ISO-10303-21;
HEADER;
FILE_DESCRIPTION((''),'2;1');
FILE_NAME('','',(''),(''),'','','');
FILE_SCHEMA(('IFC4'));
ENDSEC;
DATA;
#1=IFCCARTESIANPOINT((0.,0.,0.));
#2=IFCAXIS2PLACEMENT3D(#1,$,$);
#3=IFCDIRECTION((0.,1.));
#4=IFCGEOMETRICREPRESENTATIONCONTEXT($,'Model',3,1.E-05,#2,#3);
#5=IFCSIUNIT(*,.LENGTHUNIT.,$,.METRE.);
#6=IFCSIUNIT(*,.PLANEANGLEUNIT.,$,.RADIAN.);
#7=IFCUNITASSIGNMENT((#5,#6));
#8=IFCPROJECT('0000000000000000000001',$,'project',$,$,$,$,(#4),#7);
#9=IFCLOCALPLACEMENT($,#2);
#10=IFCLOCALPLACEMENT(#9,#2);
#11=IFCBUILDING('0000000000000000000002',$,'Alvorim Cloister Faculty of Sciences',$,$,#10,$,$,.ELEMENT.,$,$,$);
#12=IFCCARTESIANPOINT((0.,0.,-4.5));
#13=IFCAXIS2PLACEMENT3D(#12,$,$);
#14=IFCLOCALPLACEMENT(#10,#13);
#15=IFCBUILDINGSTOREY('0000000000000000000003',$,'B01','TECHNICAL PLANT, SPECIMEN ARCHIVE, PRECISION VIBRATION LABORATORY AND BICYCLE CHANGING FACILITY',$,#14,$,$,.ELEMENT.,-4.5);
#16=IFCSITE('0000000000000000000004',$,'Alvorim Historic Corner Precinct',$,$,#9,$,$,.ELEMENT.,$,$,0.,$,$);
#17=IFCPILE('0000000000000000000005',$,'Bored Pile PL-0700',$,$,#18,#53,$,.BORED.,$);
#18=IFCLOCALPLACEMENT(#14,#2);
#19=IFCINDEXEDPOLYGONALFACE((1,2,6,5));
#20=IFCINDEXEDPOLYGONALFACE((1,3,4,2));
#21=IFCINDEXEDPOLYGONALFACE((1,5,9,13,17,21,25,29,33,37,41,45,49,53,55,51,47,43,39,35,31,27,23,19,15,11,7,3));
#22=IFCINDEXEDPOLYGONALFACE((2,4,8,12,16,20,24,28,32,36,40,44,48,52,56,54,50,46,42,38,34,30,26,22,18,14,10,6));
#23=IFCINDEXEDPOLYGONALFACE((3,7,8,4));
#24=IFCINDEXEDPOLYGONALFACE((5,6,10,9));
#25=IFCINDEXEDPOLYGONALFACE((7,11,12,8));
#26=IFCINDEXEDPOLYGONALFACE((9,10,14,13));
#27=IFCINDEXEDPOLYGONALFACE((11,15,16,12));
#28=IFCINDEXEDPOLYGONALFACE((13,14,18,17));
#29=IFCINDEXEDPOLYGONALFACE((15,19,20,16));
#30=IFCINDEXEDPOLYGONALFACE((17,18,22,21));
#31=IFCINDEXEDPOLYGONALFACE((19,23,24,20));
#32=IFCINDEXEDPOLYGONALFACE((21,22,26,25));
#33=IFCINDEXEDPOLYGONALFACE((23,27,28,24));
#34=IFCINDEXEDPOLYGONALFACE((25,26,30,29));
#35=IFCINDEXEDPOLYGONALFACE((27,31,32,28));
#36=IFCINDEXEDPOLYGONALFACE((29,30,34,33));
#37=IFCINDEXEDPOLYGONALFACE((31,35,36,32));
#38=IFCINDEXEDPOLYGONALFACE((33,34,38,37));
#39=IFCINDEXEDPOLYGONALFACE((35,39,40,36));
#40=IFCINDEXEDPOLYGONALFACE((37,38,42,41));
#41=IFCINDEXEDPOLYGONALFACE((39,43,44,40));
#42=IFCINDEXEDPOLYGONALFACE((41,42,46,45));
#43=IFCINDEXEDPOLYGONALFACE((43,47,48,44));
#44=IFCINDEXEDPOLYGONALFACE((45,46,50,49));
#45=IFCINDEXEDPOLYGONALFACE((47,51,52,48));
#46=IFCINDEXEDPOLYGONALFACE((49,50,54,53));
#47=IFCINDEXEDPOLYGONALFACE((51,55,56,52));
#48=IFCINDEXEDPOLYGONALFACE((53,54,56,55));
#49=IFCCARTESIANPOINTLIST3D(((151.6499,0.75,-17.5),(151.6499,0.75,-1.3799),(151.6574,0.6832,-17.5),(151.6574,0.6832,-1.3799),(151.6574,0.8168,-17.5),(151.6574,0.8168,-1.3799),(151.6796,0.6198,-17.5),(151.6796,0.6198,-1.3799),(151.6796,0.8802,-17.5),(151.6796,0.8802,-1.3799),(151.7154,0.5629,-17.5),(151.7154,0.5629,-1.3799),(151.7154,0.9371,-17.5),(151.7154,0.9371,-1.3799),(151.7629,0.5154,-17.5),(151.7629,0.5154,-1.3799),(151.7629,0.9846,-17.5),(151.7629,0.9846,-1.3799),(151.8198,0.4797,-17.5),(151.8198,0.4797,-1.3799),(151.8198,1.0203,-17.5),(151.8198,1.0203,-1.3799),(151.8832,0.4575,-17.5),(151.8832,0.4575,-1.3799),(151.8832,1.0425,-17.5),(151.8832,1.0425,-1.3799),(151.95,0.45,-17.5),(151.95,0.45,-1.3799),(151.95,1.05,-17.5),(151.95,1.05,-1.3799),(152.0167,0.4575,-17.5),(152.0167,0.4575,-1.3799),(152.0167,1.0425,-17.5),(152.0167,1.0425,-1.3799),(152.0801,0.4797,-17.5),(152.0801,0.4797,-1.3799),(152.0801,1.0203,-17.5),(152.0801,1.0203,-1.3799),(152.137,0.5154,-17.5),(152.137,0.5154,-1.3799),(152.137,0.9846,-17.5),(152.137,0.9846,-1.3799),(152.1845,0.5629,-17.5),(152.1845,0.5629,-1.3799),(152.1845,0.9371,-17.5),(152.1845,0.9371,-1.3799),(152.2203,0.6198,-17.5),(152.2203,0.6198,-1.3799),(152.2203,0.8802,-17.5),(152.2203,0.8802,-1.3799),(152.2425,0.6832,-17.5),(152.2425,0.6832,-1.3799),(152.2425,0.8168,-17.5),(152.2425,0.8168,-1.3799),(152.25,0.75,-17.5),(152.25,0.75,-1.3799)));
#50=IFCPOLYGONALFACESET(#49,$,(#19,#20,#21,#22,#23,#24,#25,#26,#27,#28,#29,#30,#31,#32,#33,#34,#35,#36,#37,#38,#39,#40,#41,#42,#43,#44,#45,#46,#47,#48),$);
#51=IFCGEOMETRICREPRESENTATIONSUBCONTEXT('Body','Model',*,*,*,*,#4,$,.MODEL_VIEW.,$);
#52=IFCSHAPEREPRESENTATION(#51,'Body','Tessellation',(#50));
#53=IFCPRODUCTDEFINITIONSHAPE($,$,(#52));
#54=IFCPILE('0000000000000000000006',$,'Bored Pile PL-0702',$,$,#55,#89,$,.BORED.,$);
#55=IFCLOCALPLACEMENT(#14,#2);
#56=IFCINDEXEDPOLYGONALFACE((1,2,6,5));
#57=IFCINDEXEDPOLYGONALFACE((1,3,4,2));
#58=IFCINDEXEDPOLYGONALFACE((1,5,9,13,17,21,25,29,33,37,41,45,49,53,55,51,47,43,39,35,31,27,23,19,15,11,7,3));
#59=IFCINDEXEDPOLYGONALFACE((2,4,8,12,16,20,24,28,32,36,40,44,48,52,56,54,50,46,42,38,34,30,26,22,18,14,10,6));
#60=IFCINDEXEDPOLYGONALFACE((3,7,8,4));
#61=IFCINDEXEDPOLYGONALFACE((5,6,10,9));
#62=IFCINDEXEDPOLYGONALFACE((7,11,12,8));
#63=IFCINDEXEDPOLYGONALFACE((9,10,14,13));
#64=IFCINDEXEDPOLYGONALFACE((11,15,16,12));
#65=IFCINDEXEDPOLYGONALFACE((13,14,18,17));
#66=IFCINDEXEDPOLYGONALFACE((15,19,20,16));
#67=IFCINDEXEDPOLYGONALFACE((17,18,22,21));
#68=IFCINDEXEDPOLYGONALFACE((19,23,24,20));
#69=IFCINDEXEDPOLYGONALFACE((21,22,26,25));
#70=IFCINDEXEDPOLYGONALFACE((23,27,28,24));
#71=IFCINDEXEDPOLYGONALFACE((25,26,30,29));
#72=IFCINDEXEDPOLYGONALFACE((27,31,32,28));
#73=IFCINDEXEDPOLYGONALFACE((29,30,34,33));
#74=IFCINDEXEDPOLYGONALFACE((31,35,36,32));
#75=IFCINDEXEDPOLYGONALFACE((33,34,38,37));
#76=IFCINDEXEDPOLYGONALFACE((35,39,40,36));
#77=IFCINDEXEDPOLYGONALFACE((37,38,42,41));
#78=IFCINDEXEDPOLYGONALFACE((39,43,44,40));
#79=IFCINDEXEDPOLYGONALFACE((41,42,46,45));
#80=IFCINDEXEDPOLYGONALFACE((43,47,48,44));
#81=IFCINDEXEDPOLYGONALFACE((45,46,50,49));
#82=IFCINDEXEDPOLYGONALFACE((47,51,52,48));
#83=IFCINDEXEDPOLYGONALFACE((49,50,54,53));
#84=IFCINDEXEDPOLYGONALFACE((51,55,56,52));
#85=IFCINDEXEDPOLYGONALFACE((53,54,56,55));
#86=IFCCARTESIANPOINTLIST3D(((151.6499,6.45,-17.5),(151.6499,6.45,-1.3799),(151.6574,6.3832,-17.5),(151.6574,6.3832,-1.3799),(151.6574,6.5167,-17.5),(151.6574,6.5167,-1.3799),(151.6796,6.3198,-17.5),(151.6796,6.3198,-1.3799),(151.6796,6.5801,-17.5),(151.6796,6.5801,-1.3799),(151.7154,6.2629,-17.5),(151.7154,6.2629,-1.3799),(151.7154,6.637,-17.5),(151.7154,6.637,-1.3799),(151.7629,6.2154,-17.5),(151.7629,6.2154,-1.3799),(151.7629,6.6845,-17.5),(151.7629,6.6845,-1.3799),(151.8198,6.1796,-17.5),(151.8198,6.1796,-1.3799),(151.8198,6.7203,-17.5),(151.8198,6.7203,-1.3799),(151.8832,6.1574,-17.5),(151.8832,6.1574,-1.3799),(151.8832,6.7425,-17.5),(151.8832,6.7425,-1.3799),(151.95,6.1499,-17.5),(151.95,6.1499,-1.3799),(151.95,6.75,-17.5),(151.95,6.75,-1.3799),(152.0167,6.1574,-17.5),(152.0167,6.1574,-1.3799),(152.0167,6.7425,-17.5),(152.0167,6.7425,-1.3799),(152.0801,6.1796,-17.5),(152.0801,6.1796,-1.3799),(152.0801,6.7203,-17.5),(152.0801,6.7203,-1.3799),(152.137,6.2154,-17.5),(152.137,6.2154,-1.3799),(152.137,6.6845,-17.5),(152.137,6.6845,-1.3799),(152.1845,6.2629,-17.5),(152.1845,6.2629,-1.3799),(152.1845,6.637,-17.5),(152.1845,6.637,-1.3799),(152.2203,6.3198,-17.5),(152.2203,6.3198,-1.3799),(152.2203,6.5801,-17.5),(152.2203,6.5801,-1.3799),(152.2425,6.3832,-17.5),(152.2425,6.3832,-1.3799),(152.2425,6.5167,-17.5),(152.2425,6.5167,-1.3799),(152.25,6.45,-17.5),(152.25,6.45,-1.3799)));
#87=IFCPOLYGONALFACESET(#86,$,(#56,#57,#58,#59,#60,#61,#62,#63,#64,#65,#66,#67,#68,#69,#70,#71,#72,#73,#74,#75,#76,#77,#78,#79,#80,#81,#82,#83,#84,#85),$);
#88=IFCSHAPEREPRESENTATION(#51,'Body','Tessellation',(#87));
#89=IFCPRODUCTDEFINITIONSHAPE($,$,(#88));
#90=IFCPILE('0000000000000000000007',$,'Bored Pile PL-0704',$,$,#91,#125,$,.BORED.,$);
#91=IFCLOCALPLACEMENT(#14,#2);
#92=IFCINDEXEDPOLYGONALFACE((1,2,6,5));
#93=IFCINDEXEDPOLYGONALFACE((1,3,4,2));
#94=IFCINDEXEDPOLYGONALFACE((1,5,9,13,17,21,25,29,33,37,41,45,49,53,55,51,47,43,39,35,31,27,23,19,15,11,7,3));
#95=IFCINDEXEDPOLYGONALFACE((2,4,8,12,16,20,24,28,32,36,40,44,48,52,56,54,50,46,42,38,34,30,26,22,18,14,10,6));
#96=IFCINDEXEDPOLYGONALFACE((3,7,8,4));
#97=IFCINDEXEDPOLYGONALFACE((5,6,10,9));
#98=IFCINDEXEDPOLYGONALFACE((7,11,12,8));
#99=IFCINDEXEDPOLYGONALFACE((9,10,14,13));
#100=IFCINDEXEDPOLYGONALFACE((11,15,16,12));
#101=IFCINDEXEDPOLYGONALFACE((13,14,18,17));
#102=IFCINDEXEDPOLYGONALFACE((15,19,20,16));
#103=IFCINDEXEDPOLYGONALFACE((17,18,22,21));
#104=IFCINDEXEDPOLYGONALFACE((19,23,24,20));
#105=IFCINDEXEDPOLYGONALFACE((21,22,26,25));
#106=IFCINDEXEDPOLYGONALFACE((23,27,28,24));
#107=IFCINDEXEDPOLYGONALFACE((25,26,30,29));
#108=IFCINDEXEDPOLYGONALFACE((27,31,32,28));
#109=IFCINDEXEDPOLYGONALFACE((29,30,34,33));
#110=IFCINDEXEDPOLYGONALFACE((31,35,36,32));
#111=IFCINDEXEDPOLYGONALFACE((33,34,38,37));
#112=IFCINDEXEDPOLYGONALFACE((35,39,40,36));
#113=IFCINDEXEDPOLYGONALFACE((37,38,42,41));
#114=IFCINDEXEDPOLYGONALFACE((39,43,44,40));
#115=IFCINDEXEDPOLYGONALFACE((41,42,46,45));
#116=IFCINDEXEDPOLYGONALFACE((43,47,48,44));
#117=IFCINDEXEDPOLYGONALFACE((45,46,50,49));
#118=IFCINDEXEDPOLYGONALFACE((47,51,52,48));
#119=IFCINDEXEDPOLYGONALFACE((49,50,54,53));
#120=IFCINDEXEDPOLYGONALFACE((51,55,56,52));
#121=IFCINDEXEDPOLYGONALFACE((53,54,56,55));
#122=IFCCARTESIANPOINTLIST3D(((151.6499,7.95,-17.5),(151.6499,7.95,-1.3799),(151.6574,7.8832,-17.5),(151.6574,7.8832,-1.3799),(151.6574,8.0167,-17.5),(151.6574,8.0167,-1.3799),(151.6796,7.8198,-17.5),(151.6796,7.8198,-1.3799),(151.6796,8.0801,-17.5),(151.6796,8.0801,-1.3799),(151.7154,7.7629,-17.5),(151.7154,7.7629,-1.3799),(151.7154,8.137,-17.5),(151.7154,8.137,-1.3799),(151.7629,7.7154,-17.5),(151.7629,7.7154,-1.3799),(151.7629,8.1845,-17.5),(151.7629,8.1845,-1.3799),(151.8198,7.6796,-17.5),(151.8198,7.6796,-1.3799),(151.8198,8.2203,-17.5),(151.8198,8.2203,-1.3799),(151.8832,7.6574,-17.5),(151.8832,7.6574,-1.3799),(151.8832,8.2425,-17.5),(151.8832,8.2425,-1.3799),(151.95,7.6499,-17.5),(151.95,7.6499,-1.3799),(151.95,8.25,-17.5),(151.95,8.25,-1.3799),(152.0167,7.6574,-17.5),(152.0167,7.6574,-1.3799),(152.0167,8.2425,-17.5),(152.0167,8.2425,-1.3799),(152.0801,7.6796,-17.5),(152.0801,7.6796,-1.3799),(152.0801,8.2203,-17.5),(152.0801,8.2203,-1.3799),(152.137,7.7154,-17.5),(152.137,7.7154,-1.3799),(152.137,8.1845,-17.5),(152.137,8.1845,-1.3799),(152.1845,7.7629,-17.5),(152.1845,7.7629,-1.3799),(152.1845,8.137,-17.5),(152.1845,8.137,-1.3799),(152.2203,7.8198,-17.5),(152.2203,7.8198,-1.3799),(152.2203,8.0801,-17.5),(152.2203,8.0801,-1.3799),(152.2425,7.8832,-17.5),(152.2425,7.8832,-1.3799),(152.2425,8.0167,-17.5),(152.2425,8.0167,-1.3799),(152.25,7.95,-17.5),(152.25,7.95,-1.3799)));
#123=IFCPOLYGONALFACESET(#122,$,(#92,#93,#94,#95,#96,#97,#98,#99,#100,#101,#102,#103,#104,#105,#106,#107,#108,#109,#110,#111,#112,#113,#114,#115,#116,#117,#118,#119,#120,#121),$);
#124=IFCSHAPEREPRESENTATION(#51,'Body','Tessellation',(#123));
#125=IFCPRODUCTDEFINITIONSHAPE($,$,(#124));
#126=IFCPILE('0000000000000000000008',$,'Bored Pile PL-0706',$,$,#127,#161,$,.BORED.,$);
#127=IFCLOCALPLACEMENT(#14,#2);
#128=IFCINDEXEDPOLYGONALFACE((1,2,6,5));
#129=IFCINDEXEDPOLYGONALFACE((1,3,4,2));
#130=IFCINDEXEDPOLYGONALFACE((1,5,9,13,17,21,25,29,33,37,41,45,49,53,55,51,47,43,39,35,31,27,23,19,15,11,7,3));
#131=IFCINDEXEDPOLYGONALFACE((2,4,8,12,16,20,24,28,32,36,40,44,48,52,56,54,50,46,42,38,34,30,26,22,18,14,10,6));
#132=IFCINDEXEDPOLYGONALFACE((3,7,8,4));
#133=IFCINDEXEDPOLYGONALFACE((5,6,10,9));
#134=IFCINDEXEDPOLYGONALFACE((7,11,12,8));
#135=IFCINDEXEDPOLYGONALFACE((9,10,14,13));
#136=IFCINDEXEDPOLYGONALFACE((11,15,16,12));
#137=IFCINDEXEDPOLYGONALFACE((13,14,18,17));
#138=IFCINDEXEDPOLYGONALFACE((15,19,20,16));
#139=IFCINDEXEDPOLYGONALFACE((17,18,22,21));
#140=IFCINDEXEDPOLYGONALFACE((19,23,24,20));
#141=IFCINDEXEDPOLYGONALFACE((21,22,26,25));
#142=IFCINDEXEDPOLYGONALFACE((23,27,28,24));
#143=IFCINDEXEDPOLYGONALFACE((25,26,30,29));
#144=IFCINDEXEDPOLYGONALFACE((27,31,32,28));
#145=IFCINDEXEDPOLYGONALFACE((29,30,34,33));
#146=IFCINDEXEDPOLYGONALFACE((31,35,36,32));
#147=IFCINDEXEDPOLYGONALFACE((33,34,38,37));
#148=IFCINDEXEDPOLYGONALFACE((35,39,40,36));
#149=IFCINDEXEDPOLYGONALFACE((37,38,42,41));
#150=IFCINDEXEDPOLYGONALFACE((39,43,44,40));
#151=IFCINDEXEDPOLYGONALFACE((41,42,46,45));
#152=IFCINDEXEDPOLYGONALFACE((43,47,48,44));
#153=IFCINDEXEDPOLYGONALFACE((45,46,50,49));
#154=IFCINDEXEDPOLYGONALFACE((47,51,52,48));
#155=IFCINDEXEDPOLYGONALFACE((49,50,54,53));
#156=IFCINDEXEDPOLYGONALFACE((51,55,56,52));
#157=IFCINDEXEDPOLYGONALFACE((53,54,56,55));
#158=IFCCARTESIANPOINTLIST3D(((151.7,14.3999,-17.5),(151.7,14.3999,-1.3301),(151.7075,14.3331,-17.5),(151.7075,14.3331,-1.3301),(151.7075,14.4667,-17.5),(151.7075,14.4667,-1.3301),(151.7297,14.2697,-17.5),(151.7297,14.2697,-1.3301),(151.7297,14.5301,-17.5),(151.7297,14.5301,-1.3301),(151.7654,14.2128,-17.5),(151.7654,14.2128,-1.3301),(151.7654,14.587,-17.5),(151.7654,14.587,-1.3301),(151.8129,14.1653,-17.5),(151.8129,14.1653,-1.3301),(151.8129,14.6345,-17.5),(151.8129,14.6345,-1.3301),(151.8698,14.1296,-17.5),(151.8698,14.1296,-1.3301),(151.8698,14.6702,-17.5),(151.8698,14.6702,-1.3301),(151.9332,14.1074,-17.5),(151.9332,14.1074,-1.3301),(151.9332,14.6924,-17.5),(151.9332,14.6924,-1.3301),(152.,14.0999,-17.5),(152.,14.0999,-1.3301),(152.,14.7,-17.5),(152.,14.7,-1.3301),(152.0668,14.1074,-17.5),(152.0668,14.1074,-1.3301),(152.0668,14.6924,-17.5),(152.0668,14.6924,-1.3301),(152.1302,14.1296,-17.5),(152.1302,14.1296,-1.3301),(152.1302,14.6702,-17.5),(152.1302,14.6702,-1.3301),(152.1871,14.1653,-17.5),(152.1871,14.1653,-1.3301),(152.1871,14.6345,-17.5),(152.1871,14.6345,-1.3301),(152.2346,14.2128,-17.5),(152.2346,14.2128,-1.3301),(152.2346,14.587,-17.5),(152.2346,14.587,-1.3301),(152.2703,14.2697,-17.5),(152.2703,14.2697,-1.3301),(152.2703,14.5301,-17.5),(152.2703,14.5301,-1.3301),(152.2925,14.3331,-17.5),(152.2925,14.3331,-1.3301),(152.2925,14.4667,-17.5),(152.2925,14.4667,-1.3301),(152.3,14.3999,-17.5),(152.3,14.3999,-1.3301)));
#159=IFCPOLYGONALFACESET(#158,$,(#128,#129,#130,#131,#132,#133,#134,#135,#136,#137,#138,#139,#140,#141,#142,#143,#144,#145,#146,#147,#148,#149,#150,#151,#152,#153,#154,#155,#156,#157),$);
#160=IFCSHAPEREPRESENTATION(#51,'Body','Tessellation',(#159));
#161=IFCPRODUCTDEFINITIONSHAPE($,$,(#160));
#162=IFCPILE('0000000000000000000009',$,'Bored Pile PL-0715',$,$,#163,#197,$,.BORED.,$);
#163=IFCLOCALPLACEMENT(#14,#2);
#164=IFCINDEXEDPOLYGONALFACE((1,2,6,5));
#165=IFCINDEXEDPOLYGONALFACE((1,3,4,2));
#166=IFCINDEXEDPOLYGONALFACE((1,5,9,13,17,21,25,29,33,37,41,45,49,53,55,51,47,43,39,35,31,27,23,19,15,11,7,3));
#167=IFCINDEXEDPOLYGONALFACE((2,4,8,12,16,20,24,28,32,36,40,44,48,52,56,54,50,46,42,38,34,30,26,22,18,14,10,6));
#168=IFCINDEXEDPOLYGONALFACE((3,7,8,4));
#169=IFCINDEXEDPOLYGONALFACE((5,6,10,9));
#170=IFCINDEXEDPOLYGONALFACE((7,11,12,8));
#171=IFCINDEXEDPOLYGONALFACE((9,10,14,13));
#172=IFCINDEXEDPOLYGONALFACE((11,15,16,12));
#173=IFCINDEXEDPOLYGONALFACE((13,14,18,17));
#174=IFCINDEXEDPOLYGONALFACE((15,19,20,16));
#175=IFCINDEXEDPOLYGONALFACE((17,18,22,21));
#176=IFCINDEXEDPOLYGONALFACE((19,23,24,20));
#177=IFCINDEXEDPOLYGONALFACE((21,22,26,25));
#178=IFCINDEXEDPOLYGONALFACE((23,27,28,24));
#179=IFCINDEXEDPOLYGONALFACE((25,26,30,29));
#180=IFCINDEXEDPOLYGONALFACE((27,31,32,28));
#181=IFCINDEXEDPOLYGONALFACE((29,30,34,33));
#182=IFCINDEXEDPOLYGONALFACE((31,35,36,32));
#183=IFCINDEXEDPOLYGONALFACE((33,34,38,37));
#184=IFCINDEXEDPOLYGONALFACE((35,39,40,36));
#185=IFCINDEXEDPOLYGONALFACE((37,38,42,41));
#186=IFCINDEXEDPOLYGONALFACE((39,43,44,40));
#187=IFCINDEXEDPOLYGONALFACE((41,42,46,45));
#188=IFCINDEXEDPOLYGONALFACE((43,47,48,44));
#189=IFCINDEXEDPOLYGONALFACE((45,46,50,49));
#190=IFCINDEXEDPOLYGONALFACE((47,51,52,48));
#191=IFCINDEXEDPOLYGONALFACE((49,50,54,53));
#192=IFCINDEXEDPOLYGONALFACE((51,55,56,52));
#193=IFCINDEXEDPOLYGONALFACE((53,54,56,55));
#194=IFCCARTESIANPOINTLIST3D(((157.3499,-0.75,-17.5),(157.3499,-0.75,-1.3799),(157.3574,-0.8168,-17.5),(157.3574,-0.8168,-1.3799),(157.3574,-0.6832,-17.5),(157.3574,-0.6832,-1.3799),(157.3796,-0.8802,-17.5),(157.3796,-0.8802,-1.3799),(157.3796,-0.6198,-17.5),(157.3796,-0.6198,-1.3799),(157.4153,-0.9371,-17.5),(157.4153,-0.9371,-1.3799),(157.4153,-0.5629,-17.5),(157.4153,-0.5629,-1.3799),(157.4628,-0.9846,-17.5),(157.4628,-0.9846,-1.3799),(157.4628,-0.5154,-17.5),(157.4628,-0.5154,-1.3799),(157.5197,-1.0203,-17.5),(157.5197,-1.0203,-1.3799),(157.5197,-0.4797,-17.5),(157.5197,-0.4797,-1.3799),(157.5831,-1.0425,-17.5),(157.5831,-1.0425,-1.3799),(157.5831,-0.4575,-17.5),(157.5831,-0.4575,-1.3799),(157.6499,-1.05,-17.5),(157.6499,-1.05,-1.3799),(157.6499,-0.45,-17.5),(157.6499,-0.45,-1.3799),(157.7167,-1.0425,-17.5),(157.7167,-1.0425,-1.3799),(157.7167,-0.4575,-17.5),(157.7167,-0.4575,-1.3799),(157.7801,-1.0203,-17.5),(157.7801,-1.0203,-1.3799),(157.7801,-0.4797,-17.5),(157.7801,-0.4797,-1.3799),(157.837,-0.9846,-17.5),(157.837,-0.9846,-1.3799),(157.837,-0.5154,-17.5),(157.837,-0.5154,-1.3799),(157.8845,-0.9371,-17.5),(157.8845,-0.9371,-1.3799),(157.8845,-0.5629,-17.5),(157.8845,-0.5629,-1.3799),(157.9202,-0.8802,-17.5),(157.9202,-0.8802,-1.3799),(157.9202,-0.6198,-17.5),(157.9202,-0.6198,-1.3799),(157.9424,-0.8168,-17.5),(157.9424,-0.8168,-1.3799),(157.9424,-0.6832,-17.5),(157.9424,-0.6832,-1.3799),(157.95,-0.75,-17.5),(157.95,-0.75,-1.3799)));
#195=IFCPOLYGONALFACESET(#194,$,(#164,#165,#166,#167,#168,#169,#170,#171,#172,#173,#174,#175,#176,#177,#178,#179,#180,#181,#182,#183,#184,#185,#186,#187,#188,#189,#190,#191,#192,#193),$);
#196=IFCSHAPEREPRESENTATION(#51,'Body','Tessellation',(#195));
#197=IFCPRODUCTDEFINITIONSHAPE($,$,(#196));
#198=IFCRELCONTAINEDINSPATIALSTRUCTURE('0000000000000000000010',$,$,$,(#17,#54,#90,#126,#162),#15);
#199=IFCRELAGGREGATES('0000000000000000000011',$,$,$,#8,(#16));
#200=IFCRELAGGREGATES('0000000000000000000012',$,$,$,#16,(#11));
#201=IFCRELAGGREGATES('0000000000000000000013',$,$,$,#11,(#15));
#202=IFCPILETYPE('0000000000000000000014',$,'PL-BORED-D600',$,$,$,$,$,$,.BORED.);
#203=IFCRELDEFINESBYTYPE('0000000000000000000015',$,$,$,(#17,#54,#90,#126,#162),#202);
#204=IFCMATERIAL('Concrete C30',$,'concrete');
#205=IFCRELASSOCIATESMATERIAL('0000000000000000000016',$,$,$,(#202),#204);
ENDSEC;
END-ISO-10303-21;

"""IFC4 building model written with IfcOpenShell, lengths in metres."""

from ifc_helpers import new_model, si_unit, direction, frame, origin, origin_2d, place, context, subcontext, project, spatial, circle, extrude, material, material_profile, profile_set, type_object, element, save


model = new_model("IFC4")

# Units and contexts
model_context = context("Model", 3, precision=1e-05, world=origin(), true_north=direction((0.0, 1.0)))
body_context = subcontext(model_context, "Body", "Model", "MODEL_VIEW")
ifc_project = project(units=[si_unit("LENGTHUNIT", "METRE"), si_unit("PLANEANGLEUNIT", "RADIAN")], contexts=[model_context])

# Site, building, storey
site_placement = place(None, origin())
site = spatial("IfcSite", under=ifc_project, at=site_placement, Name="Alvorim Historic Corner Precinct", CompositionType="ELEMENT", RefElevation=0.0)
building_placement = place(site_placement, origin())
building = spatial("IfcBuilding", under=site, at=building_placement, Name="Alvorim Cloister Faculty of Sciences", CompositionType="ELEMENT")
storey_placement = place(building_placement, frame((0.0, 0.0, -4.5)))
storey = spatial("IfcBuildingStorey", under=building, at=storey_placement, Name="B01", Description="TECHNICAL PLANT, SPECIMEN ARCHIVE, PRECISION VIBRATION LABORATORY AND BICYCLE CHANGING FACILITY", CompositionType="ELEMENT", Elevation=-4.5)

# Piles
ifc_material_1 = material(Name="Concrete C30", Category="concrete")
ifc_material_profile_1 = material_profile(ifc_material_1, circle(Radius=0.3, at=origin_2d()), Name="PILE-D600")
ifc_profile_set_1 = profile_set([ifc_material_profile_1], Name="Concrete C30")
pile_type = type_object("IfcPileType", Name="PL-BORED-D600", PredefinedType="BORED", material=ifc_profile_set_1)
for number, where, z_axis, x_axis, name in (
    (1, (151.95, 0.75, -1.3799), (0.0, 0.0, -1.0), (1.0, 0.0, 0.0), "Bored Pile PL-0700"),
    (2, (151.95, 6.45, -1.3799), (0.0, 0.0, -1.0), (1.0, 0.0, 0.0), "Bored Pile PL-0702"),
    (3, (151.95, 7.95, -1.3799), (0.0, 0.0, -1.0), (1.0, 0.0, 0.0), "Bored Pile PL-0704"),
):
    element("IfcPile", number, at=place(storey_placement, frame(where, z_axis=z_axis, x_axis=x_axis)), inside=storey, type_object=pile_type, Name=name, PredefinedType="BORED", context=body_context, shape_type="SweptSolid", body=[
        extrude(circle(Radius=0.3, at=origin_2d()), origin(), (0.0, 0.0, 1.0), 16.1201),
    ])
pile_placement = place(storey_placement, frame((152.0, 14.3999, -1.3301), z_axis=(0.0, 0.0, -1.0), x_axis=(1.0, 0.0, 0.0)))
element("IfcPile", 4, at=pile_placement, inside=storey, type_object=pile_type, Name="Bored Pile PL-0706", PredefinedType="BORED", context=body_context, shape_type="SweptSolid", body=[
    extrude(circle(Radius=0.3, at=origin_2d()), origin(), (0.0, 0.0, 1.0), 16.1699),
])
for number, where, z_axis, x_axis, name in (
    (5, (157.6499, -0.75, -1.3799), (0.0, 0.0, -1.0), (1.0, 0.0, 0.0), "Bored Pile PL-0715"),
):
    element("IfcPile", number, at=place(storey_placement, frame(where, z_axis=z_axis, x_axis=x_axis)), inside=storey, type_object=pile_type, Name=name, PredefinedType="BORED", context=body_context, shape_type="SweptSolid", body=[
        extrude(circle(Radius=0.3, at=origin_2d()), origin(), (0.0, 0.0, 1.0), 16.1201),
    ])

save(model, "model.ifc")
